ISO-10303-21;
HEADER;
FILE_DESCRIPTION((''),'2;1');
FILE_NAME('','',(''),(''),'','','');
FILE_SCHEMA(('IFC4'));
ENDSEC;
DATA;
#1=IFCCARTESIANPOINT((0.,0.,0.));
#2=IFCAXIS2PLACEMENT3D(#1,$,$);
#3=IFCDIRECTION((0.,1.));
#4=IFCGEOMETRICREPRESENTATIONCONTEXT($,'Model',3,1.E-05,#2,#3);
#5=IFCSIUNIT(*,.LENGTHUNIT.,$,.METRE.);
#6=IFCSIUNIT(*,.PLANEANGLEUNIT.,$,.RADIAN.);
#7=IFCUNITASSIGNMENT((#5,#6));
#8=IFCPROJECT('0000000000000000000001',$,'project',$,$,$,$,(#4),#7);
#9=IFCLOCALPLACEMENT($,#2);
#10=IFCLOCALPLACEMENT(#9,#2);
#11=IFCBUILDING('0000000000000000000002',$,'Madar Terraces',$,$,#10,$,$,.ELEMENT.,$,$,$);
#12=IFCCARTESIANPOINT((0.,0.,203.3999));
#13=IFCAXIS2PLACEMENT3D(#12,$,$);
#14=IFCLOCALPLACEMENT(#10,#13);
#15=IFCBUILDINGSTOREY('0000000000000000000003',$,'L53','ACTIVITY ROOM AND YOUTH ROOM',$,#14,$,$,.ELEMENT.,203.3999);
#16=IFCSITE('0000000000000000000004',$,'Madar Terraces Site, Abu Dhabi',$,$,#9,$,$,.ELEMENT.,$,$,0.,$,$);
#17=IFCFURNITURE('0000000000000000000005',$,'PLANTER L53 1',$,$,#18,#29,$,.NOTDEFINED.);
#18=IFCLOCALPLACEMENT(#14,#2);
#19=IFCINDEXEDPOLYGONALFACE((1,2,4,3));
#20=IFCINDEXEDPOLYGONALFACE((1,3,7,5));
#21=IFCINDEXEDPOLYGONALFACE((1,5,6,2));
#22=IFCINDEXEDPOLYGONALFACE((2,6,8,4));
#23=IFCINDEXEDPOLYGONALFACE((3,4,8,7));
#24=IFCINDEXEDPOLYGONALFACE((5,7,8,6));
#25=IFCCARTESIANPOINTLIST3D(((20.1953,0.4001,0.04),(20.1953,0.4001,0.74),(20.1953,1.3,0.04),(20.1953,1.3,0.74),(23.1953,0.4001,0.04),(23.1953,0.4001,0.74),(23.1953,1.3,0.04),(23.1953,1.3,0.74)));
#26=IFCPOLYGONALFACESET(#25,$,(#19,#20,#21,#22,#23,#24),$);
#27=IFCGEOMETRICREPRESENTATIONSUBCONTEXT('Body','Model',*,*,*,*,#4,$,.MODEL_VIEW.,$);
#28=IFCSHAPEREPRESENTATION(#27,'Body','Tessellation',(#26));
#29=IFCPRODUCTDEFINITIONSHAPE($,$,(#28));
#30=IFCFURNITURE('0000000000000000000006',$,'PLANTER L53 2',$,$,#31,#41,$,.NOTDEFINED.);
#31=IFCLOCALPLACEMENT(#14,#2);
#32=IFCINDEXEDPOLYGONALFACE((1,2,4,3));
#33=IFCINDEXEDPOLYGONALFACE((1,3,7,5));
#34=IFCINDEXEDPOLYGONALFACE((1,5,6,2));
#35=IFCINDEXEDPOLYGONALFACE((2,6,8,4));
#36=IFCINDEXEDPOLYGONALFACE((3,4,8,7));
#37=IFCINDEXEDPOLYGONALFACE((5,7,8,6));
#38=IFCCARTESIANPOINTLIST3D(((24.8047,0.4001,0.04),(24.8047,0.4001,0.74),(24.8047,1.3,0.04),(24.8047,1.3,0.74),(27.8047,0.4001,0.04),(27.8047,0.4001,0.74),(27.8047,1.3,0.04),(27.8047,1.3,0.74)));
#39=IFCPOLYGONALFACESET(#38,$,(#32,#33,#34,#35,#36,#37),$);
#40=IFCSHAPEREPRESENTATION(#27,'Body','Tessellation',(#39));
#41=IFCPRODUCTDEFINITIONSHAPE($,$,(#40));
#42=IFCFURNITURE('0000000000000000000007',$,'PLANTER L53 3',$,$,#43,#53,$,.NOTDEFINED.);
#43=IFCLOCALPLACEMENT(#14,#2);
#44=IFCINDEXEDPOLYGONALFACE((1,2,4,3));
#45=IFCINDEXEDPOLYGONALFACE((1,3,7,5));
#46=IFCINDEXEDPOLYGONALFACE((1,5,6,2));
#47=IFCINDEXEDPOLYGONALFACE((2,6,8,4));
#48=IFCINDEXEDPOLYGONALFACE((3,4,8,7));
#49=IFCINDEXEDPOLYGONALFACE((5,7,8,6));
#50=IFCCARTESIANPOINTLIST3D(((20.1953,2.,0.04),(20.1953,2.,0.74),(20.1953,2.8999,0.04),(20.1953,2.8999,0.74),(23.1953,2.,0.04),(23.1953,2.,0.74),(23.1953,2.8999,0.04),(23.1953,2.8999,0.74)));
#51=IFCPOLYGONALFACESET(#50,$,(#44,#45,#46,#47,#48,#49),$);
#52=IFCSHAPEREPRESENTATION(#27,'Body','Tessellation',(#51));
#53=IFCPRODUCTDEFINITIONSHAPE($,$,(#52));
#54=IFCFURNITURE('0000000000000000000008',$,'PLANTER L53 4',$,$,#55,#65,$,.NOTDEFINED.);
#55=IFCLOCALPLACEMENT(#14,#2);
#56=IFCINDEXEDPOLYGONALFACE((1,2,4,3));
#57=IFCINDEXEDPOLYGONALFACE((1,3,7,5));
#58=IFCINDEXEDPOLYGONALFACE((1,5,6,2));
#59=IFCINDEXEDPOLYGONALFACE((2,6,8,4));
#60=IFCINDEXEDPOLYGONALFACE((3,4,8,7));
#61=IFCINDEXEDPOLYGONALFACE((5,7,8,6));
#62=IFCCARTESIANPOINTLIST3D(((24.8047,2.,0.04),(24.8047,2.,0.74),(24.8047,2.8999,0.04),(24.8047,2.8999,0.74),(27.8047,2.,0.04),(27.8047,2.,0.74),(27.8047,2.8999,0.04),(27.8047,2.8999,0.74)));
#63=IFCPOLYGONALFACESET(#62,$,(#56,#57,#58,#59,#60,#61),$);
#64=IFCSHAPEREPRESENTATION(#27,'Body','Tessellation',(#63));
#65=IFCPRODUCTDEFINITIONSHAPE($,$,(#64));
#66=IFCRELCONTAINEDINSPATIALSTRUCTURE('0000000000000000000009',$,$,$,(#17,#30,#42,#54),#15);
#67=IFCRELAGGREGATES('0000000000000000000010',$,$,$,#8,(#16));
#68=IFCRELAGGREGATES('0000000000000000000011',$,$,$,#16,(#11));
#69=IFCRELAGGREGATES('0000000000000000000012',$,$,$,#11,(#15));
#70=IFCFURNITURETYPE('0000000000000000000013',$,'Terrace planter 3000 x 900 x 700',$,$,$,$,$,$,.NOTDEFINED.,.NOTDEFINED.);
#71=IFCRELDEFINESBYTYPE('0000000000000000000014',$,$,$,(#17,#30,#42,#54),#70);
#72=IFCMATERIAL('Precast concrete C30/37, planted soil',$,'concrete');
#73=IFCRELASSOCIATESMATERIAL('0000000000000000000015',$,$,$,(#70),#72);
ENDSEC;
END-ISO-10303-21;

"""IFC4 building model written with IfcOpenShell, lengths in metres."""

from ifc_helpers import new_model, si_unit, direction, frame, origin, origin_2d, place, context, subcontext, project, spatial, rectangle, extrude, material, type_object, element, save


model = new_model("IFC4")

# Units and contexts
model_context = context("Model", 3, precision=1e-05, world=origin(), true_north=direction((0.0, 1.0)))
body_context = subcontext(model_context, "Body", "Model", "MODEL_VIEW")
ifc_project = project(units=[si_unit("LENGTHUNIT", "METRE"), si_unit("PLANEANGLEUNIT", "RADIAN")], contexts=[model_context])

# Site, building, storey
site_placement = place(None, origin())
site = spatial("IfcSite", under=ifc_project, at=site_placement, Name="Madar Terraces Site, Abu Dhabi", CompositionType="ELEMENT", RefElevation=0.0)
building_placement = place(site_placement, origin())
building = spatial("IfcBuilding", under=site, at=building_placement, Name="Madar Terraces", CompositionType="ELEMENT")
storey_placement = place(building_placement, frame((0.0, 0.0, 203.3999)))
storey = spatial("IfcBuildingStorey", under=building, at=storey_placement, Name="L53", Description="ACTIVITY ROOM AND YOUTH ROOM", CompositionType="ELEMENT", Elevation=203.3999)

# Furniture
ifc_material_1 = material(Name="Precast concrete C30/37, planted soil", Category="concrete")
furniture_type = type_object("IfcFurnitureType", Name="Terrace planter 3000 x 900 x 700", AssemblyPlace="NOTDEFINED", PredefinedType="NOTDEFINED", material=ifc_material_1)
for number, where, z_axis, x_axis, name in (
    (1, (21.6953, 0.8501, 0.04), (0.0, 0.0, 1.0), (1.0, 0.0, 0.0), "PLANTER L53 1"),
    (2, (26.3047, 0.8501, 0.04), (0.0, 0.0, 1.0), (1.0, 0.0, 0.0), "PLANTER L53 2"),
    (3, (21.6953, 2.45, 0.04), (0.0, 0.0, 1.0), (1.0, 0.0, 0.0), "PLANTER L53 3"),
    (4, (26.3047, 2.45, 0.04), (0.0, 0.0, 1.0), (1.0, 0.0, 0.0), "PLANTER L53 4"),
):
    element("IfcFurniture", number, at=place(storey_placement, frame(where, z_axis=z_axis, x_axis=x_axis)), inside=storey, type_object=furniture_type, Name=name, PredefinedType="NOTDEFINED", context=body_context, shape_type="SweptSolid", body=[
        extrude(rectangle(XDim=3.0, YDim=0.8999, at=origin_2d()), origin(), (0.0, 0.0, 1.0), 0.7),
    ])

save(model, "model.ifc")
